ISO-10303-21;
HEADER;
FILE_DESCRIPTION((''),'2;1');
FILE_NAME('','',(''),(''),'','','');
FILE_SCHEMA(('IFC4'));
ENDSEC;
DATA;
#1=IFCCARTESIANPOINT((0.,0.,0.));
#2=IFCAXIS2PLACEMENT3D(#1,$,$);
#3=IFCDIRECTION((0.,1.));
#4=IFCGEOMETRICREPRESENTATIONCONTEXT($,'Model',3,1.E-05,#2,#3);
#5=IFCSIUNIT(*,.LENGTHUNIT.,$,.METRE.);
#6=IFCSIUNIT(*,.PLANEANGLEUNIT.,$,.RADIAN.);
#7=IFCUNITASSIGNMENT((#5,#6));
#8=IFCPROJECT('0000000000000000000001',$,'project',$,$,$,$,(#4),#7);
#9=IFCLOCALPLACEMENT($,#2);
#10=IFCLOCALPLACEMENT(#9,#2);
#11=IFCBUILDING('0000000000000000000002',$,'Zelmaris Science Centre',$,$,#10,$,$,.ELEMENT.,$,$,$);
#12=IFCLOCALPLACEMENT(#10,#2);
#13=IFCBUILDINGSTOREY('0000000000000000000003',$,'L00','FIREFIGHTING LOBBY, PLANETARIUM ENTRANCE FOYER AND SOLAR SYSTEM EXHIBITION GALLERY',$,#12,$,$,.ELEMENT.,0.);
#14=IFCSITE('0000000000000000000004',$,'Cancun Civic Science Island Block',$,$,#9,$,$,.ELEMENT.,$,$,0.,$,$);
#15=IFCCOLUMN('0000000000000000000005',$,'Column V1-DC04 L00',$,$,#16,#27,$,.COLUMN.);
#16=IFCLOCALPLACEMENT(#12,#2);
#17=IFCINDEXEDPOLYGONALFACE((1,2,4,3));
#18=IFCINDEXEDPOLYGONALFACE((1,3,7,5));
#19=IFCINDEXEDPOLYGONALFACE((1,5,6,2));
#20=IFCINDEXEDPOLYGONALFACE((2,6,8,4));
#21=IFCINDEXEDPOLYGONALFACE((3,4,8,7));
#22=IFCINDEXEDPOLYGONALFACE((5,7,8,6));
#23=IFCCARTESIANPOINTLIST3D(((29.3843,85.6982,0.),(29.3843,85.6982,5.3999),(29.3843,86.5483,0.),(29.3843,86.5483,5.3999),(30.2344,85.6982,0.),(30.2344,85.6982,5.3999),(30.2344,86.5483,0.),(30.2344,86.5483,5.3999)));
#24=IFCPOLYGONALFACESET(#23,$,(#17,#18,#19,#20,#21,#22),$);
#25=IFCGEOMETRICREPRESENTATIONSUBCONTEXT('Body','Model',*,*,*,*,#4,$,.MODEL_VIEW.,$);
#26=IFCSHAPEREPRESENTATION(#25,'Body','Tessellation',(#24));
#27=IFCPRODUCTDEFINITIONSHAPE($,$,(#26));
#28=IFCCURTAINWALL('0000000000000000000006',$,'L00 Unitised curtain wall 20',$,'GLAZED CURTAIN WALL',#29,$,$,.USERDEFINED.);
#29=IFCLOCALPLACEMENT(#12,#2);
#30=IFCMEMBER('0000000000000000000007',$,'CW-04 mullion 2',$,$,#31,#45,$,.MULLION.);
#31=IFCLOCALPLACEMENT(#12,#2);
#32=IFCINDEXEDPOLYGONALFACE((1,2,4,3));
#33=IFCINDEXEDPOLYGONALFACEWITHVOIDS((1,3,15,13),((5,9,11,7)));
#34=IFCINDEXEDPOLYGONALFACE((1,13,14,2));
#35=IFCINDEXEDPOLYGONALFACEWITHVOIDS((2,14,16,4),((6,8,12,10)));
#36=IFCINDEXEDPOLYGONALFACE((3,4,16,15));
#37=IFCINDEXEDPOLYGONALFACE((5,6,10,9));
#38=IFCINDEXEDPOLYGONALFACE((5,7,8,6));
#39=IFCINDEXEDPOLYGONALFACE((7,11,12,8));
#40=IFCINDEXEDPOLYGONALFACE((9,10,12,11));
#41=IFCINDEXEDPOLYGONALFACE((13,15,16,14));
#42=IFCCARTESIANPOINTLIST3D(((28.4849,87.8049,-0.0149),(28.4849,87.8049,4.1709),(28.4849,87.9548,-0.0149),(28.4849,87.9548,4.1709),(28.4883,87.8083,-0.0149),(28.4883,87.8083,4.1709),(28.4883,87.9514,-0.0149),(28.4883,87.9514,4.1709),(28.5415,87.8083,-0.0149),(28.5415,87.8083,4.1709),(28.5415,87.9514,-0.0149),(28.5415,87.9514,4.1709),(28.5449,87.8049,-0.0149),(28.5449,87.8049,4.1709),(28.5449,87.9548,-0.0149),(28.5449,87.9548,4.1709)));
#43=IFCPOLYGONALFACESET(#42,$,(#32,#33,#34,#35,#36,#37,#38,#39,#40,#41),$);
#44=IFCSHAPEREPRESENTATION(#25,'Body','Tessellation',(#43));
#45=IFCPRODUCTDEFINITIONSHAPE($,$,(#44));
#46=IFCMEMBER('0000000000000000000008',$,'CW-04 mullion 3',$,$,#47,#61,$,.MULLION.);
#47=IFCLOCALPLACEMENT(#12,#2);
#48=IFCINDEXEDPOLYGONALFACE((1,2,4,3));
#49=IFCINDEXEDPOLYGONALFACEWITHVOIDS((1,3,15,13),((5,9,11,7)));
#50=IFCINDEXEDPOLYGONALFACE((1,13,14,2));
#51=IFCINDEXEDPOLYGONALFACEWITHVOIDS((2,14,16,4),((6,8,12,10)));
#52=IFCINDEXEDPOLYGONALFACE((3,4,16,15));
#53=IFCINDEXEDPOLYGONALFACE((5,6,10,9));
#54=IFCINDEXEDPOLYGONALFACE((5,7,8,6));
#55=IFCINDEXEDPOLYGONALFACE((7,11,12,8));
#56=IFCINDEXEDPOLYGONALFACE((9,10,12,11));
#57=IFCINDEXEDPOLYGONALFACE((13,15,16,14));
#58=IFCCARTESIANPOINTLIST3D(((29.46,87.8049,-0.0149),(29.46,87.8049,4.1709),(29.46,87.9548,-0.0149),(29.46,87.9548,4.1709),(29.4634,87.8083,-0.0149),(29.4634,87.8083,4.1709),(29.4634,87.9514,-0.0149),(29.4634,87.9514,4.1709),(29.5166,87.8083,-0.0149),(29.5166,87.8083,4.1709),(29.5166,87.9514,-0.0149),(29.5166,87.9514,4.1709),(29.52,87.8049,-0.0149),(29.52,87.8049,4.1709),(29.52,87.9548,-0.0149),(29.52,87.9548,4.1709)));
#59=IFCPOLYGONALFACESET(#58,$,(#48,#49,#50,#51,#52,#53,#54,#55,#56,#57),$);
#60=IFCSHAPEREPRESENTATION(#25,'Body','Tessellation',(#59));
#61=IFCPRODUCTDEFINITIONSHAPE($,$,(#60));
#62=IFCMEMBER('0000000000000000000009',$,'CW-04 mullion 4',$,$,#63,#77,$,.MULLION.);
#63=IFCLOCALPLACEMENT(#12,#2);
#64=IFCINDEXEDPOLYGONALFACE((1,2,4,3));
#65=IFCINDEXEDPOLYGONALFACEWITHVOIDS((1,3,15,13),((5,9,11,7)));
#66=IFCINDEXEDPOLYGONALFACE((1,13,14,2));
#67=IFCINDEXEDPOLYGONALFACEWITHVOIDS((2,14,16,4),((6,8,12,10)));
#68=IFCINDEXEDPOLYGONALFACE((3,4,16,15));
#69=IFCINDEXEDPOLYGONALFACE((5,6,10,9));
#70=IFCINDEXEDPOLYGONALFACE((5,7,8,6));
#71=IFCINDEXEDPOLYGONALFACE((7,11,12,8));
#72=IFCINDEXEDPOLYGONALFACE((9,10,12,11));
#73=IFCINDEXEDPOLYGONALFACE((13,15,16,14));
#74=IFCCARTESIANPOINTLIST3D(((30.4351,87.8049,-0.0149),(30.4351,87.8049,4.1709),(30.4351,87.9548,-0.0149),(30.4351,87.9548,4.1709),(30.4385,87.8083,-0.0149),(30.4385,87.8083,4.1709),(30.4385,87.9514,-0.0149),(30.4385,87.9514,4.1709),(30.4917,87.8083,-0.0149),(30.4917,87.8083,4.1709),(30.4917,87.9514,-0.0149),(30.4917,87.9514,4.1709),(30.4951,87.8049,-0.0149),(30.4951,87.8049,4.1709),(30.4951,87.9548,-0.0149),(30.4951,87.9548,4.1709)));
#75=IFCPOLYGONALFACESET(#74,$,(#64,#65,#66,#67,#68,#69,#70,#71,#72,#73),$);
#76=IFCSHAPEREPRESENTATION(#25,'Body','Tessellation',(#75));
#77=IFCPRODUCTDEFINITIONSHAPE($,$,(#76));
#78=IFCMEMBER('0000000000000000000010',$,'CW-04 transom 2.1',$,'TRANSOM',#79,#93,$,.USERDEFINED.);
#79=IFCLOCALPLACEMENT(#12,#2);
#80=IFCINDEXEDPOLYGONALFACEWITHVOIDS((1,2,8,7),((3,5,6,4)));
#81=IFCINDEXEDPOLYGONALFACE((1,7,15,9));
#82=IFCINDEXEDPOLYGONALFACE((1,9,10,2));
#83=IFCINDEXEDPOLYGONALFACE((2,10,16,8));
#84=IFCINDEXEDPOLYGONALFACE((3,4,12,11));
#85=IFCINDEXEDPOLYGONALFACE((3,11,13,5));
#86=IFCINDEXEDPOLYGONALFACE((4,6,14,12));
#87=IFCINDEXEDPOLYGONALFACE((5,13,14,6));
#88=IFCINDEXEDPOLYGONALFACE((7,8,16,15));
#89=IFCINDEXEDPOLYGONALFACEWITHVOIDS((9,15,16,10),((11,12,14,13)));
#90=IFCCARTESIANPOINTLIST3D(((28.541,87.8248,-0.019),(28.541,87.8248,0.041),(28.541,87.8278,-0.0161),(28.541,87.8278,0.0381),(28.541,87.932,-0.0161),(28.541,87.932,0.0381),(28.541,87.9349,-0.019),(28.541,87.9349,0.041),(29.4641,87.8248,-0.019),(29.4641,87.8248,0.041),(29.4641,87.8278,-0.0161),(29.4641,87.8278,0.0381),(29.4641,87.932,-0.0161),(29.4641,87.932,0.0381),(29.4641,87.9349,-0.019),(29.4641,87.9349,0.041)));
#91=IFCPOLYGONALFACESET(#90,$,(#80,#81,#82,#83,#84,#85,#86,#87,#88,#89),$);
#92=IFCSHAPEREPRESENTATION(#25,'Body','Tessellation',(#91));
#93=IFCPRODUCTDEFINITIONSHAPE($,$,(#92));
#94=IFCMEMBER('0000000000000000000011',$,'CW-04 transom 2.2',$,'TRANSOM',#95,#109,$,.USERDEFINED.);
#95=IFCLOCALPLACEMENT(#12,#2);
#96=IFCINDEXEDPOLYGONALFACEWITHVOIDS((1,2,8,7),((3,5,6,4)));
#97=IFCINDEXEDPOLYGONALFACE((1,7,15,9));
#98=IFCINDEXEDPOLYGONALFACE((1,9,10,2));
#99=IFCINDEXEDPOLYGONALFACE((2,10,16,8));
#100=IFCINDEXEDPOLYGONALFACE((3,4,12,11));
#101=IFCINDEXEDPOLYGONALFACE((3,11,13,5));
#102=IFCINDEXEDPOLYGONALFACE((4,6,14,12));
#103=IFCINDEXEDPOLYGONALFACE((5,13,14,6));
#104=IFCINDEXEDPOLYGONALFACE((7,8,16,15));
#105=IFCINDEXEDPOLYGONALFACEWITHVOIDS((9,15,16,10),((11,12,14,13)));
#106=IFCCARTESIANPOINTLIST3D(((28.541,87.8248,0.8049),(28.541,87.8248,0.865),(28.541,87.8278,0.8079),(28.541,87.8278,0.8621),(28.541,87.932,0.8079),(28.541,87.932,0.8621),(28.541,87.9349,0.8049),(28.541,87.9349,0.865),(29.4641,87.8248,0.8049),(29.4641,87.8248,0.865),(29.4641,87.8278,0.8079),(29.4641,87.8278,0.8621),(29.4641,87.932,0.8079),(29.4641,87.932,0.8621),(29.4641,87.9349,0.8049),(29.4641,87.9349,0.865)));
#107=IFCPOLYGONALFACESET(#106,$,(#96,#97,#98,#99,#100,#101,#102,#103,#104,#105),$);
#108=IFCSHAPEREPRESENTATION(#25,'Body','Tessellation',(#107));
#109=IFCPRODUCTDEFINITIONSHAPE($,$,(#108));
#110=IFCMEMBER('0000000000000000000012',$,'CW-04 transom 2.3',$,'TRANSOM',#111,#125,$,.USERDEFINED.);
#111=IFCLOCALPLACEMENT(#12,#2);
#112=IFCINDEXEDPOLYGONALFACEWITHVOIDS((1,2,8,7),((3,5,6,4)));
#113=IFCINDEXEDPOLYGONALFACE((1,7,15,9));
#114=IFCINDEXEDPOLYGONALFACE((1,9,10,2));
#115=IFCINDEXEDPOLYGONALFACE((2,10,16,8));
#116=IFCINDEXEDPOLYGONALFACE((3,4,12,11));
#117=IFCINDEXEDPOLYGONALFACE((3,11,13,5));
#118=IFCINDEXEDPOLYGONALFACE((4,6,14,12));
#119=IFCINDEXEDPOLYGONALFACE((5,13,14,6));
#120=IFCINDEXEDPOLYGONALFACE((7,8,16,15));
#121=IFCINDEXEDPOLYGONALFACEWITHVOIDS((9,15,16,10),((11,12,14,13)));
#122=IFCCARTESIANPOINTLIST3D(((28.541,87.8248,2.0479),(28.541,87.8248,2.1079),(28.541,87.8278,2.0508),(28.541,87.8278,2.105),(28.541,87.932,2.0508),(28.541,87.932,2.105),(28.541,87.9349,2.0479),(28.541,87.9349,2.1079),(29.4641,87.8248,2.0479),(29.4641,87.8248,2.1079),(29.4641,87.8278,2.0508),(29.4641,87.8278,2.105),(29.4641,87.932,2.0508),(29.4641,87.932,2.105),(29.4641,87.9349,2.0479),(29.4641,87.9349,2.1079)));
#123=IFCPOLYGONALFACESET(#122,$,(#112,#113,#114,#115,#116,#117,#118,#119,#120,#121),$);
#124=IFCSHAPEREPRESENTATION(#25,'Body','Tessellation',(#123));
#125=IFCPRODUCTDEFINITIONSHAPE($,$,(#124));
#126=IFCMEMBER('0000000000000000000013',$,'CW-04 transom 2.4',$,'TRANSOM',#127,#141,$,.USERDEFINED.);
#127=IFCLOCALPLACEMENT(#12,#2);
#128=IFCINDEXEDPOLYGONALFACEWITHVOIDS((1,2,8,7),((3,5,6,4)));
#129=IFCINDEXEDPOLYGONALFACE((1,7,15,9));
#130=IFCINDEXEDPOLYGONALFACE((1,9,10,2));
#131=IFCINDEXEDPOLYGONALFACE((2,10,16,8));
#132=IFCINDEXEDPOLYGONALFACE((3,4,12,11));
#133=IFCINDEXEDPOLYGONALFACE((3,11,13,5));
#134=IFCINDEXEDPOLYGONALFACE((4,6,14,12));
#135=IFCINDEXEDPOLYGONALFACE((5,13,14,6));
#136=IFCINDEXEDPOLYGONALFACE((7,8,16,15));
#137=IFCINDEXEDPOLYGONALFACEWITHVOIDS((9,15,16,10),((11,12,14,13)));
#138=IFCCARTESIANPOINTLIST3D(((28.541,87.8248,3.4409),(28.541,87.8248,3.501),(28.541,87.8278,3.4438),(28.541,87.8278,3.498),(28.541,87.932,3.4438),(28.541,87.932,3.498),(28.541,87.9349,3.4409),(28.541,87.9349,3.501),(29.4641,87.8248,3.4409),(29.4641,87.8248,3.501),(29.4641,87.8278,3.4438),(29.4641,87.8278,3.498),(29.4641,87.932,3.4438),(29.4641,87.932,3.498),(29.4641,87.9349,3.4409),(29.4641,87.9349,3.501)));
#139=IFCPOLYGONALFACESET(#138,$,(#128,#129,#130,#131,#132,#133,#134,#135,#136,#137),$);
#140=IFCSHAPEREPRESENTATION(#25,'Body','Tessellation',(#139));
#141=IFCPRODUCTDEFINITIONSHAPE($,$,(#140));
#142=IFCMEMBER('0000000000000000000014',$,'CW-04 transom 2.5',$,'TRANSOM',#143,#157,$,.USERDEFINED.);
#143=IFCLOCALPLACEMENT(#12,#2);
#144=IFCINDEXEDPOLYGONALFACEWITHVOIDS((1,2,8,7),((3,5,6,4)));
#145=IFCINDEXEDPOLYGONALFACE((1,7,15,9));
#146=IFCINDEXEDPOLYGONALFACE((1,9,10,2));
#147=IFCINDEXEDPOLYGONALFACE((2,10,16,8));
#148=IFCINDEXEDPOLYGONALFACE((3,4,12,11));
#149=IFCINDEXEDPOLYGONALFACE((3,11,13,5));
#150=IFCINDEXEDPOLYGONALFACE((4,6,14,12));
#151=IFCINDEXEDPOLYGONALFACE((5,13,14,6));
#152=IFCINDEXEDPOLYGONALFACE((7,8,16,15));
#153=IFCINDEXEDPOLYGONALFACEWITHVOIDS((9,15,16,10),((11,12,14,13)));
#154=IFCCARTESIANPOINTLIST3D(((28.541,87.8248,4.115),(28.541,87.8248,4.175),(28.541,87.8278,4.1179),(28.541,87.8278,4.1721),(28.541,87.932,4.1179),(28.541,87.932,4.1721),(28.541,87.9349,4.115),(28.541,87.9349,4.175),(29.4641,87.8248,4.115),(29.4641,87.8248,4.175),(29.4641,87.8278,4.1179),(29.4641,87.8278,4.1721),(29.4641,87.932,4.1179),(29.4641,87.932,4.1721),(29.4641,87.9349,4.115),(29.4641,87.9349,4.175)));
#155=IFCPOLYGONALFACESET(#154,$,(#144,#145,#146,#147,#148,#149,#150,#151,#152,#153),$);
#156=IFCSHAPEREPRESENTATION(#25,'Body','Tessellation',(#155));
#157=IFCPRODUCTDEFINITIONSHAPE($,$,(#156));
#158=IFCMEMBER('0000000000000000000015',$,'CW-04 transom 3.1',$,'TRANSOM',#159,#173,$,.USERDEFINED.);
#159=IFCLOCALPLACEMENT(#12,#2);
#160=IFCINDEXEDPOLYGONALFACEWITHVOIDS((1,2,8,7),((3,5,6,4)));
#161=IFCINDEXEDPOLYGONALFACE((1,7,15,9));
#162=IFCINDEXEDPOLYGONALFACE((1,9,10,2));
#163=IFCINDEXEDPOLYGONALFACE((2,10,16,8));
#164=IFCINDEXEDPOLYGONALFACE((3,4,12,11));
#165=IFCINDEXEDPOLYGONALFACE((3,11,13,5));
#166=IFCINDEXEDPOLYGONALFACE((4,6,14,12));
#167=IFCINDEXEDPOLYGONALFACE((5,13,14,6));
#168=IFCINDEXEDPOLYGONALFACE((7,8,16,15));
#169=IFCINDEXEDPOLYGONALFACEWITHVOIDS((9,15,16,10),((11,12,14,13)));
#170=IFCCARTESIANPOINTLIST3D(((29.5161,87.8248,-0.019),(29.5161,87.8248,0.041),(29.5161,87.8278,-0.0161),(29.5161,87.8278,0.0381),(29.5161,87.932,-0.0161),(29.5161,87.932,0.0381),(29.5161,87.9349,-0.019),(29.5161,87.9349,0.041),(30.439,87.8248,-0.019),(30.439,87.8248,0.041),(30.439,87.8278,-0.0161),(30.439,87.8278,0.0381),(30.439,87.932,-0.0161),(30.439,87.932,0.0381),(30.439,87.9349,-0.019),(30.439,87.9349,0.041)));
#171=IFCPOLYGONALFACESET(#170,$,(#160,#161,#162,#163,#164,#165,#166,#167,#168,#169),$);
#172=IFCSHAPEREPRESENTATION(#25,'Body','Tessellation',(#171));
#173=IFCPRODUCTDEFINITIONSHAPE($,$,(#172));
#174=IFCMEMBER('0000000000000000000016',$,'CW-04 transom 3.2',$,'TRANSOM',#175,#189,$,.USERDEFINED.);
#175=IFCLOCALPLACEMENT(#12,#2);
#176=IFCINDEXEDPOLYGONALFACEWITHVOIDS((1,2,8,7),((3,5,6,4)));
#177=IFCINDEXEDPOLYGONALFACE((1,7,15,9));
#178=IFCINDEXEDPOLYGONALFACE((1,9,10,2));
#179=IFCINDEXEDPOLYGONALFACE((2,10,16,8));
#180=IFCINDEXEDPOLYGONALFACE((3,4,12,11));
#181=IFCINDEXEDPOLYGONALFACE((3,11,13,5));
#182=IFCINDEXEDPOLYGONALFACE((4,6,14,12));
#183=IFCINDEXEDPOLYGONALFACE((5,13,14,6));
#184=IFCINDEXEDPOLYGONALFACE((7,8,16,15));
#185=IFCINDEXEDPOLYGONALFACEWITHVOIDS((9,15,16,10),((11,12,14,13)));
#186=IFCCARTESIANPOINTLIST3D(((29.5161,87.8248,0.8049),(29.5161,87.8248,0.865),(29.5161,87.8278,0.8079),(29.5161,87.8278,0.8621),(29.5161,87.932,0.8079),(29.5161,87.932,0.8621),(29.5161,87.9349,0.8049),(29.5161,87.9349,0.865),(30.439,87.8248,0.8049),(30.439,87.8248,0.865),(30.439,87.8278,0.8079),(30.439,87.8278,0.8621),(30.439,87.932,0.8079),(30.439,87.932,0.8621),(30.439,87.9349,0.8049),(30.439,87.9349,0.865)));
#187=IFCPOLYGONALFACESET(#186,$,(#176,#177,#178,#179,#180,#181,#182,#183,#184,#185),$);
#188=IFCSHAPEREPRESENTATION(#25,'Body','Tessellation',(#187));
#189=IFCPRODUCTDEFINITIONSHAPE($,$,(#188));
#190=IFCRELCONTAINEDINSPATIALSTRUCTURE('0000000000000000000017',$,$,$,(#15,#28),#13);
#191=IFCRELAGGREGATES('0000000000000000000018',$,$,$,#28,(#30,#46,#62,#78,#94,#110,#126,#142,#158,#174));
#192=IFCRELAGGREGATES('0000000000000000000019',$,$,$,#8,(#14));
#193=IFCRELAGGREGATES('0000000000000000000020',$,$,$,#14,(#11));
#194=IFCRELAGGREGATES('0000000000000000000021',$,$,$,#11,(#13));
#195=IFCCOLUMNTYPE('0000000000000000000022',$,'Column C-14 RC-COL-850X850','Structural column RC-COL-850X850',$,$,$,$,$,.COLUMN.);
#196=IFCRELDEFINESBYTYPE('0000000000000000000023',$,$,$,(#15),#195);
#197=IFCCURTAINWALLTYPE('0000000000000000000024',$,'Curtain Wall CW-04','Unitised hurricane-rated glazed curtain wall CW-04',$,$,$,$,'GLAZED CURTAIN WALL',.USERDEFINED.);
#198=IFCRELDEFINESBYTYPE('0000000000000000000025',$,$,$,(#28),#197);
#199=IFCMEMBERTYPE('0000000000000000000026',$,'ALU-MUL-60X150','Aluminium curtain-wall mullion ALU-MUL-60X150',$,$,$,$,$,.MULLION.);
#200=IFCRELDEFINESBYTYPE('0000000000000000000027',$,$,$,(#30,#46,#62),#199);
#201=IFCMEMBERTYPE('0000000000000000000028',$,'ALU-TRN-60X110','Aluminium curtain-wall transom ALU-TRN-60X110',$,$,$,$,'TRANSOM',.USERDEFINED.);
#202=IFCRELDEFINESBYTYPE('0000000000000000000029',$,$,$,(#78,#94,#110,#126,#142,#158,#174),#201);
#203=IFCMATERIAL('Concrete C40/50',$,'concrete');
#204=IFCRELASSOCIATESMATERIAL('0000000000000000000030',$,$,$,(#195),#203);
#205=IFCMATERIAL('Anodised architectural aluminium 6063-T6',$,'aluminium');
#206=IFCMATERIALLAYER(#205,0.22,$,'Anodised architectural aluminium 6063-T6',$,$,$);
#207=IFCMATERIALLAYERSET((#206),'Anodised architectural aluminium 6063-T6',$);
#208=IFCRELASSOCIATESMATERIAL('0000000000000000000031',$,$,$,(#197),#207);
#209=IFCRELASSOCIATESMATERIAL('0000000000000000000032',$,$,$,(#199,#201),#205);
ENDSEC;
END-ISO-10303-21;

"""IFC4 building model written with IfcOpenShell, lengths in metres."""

from ifc_helpers import new_model, si_unit, direction, frame, origin, origin_2d, place, context, subcontext, project, spatial, rectangle, hollow_rectangle, extrude, material, layer, layer_set, material_profile, profile_set, type_object, element, aggregate, save


model = new_model("IFC4")

# Units and contexts
model_context = context("Model", 3, precision=1e-05, world=origin(), true_north=direction((0.0, 1.0)))
body_context = subcontext(model_context, "Body", "Model", "MODEL_VIEW")
ifc_project = project(units=[si_unit("LENGTHUNIT", "METRE"), si_unit("PLANEANGLEUNIT", "RADIAN")], contexts=[model_context])

# Site, building, storey
site_placement = place(None, origin())
site = spatial("IfcSite", under=ifc_project, at=site_placement, Name="Cancun Civic Science Island Block", CompositionType="ELEMENT", RefElevation=0.0)
building_placement = place(site_placement, origin())
building = spatial("IfcBuilding", under=site, at=building_placement, Name="Zelmaris Science Centre", CompositionType="ELEMENT")
storey_placement = place(building_placement, origin())
storey = spatial("IfcBuildingStorey", under=building, at=storey_placement, Name="L00", Description="FIREFIGHTING LOBBY, PLANETARIUM ENTRANCE FOYER AND SOLAR SYSTEM EXHIBITION GALLERY", CompositionType="ELEMENT", Elevation=0.0)

# Column
ifc_material_1 = material(Name="Concrete C40/50", Category="concrete")
ifc_material_profile_1 = material_profile(ifc_material_1, rectangle(XDim=0.8501, YDim=0.8501, at=origin_2d()), Name="RC-COL-850X850")
ifc_profile_set_1 = profile_set([ifc_material_profile_1], Name="Concrete C40/50")
column_type = type_object("IfcColumnType", Name="Column C-14 RC-COL-850X850", Description="Structural column RC-COL-850X850", PredefinedType="COLUMN", material=ifc_profile_set_1)
column_placement = place(storey_placement, frame((29.8093, 86.1233, 0.0), z_axis=(0.0, 0.0, 1.0), x_axis=(1.0, 0.0, 0.0)))
element("IfcColumn", 1, at=column_placement, inside=storey, type_object=column_type, Name="Column V1-DC04 L00", PredefinedType="COLUMN", context=body_context, shape_type="SweptSolid", body=[
    extrude(rectangle(XDim=0.8501, YDim=0.8501, at=origin_2d()), origin(), (0.0, 0.0, 1.0), 5.3999),
])

# Curtain wall, members
ifc_material_2 = material(Name="Anodised architectural aluminium 6063-T6", Category="aluminium")
ifc_layer_1 = layer(ifc_material_2, 0.22, Name="Anodised architectural aluminium 6063-T6")
ifc_layer_set_1 = layer_set([ifc_layer_1], Name="Anodised architectural aluminium 6063-T6")
curtain_wall_type = type_object("IfcCurtainWallType", Name="Curtain Wall CW-04", Description="Unitised hurricane-rated glazed curtain wall CW-04", ElementType="GLAZED CURTAIN WALL", PredefinedType="USERDEFINED", material=ifc_layer_set_1)
curtain_wall_placement = place(storey_placement, origin())
curtain_wall = element("IfcCurtainWall", 2, at=curtain_wall_placement, inside=storey, type_object=curtain_wall_type, Name="L00 Unitised curtain wall 20", ObjectType="GLAZED CURTAIN WALL", PredefinedType="USERDEFINED")
ifc_material_profile_2 = material_profile(ifc_material_2, hollow_rectangle(XDim=0.0601, YDim=0.1499, WallThickness=0.0034, at=origin_2d()), Name="ALU-MUL-60X150")
ifc_profile_set_2 = profile_set([ifc_material_profile_2], Name="Anodised architectural aluminium 6063-T6")
member_type_1 = type_object("IfcMemberType", Name="ALU-MUL-60X150", Description="Aluminium curtain-wall mullion ALU-MUL-60X150", PredefinedType="MULLION", material=ifc_profile_set_2)
member_1_placement = place(storey_placement, frame((28.5149, 87.8799, -0.0149), z_axis=(0.0, 0.0, 1.0), x_axis=(1.0, 0.0, 0.0)))
member_1 = element("IfcMember", 3, at=member_1_placement, type_object=member_type_1, Name="CW-04 mullion 2", PredefinedType="MULLION", context=body_context, shape_type="SweptSolid", body=[
    extrude(hollow_rectangle(XDim=0.0601, YDim=0.1499, WallThickness=0.0034, at=origin_2d()), origin(), (0.0, 0.0, 1.0), 4.1858),
])
member_2_placement = place(storey_placement, frame((29.49, 87.8799, -0.0149), z_axis=(0.0, 0.0, 1.0), x_axis=(1.0, 0.0, 0.0)))
member_2 = element("IfcMember", 4, at=member_2_placement, type_object=member_type_1, Name="CW-04 mullion 3", PredefinedType="MULLION", context=body_context, shape_type="SweptSolid", body=[
    extrude(hollow_rectangle(XDim=0.0601, YDim=0.1499, WallThickness=0.0034, at=origin_2d()), origin(), (0.0, 0.0, 1.0), 4.1858),
])
member_3_placement = place(storey_placement, frame((30.4651, 87.8799, -0.0149), z_axis=(0.0, 0.0, 1.0), x_axis=(1.0, 0.0, 0.0)))
member_3 = element("IfcMember", 5, at=member_3_placement, type_object=member_type_1, Name="CW-04 mullion 4", PredefinedType="MULLION", context=body_context, shape_type="SweptSolid", body=[
    extrude(hollow_rectangle(XDim=0.0601, YDim=0.1499, WallThickness=0.0034, at=origin_2d()), origin(), (0.0, 0.0, 1.0), 4.1858),
])
ifc_material_profile_3 = material_profile(ifc_material_2, hollow_rectangle(XDim=0.0601, YDim=0.1101, WallThickness=0.0029, at=origin_2d()), Name="ALU-TRN-60X110")
ifc_profile_set_3 = profile_set([ifc_material_profile_3], Name="Anodised architectural aluminium 6063-T6")
member_type_2 = type_object("IfcMemberType", Name="ALU-TRN-60X110", Description="Aluminium curtain-wall transom ALU-TRN-60X110", ElementType="TRANSOM", PredefinedType="USERDEFINED", material=ifc_profile_set_3)
member_4_placement = place(storey_placement, frame((28.541, 87.8799, 0.011), z_axis=(1.0, 0.0, 0.0), x_axis=(0.0, 0.0, 1.0)))
member_4 = element("IfcMember", 6, at=member_4_placement, type_object=member_type_2, Name="CW-04 transom 2.1", ObjectType="TRANSOM", PredefinedType="USERDEFINED", context=body_context, shape_type="SweptSolid", body=[
    extrude(hollow_rectangle(XDim=0.0601, YDim=0.1101, WallThickness=0.0029, at=origin_2d()), origin(), (0.0, 0.0, 1.0), 0.9231),
])
member_5_placement = place(storey_placement, frame((28.541, 87.8799, 0.835), z_axis=(1.0, 0.0, 0.0), x_axis=(0.0, 0.0, 1.0)))
member_5 = element("IfcMember", 7, at=member_5_placement, type_object=member_type_2, Name="CW-04 transom 2.2", ObjectType="TRANSOM", PredefinedType="USERDEFINED", context=body_context, shape_type="SweptSolid", body=[
    extrude(hollow_rectangle(XDim=0.0601, YDim=0.1101, WallThickness=0.0029, at=origin_2d()), origin(), (0.0, 0.0, 1.0), 0.9231),
])
member_6_placement = place(storey_placement, frame((28.541, 87.8799, 2.0779), z_axis=(1.0, 0.0, 0.0), x_axis=(0.0, 0.0, 1.0)))
member_6 = element("IfcMember", 8, at=member_6_placement, type_object=member_type_2, Name="CW-04 transom 2.3", ObjectType="TRANSOM", PredefinedType="USERDEFINED", context=body_context, shape_type="SweptSolid", body=[
    extrude(hollow_rectangle(XDim=0.0601, YDim=0.1101, WallThickness=0.0029, at=origin_2d()), origin(), (0.0, 0.0, 1.0), 0.9231),
])
member_7_placement = place(storey_placement, frame((28.541, 87.8799, 3.4709), z_axis=(1.0, 0.0, 0.0), x_axis=(0.0, 0.0, 1.0)))
member_7 = element("IfcMember", 9, at=member_7_placement, type_object=member_type_2, Name="CW-04 transom 2.4", ObjectType="TRANSOM", PredefinedType="USERDEFINED", context=body_context, shape_type="SweptSolid", body=[
    extrude(hollow_rectangle(XDim=0.0601, YDim=0.1101, WallThickness=0.0029, at=origin_2d()), origin(), (0.0, 0.0, 1.0), 0.9231),
])
member_8_placement = place(storey_placement, frame((28.541, 87.8799, 4.145), z_axis=(1.0, 0.0, 0.0), x_axis=(0.0, 0.0, 1.0)))
member_8 = element("IfcMember", 10, at=member_8_placement, type_object=member_type_2, Name="CW-04 transom 2.5", ObjectType="TRANSOM", PredefinedType="USERDEFINED", context=body_context, shape_type="SweptSolid", body=[
    extrude(hollow_rectangle(XDim=0.0601, YDim=0.1101, WallThickness=0.0029, at=origin_2d()), origin(), (0.0, 0.0, 1.0), 0.9231),
])
member_9_placement = place(storey_placement, frame((29.5161, 87.8799, 0.011), z_axis=(1.0, 0.0, 0.0), x_axis=(0.0, 0.0, 1.0)))
member_9 = element("IfcMember", 11, at=member_9_placement, type_object=member_type_2, Name="CW-04 transom 3.1", ObjectType="TRANSOM", PredefinedType="USERDEFINED", context=body_context, shape_type="SweptSolid", body=[
    extrude(hollow_rectangle(XDim=0.0601, YDim=0.1101, WallThickness=0.0029, at=origin_2d()), origin(), (0.0, 0.0, 1.0), 0.9229),
])
member_10_placement = place(storey_placement, frame((29.5161, 87.8799, 0.835), z_axis=(1.0, 0.0, 0.0), x_axis=(0.0, 0.0, 1.0)))
member_10 = element("IfcMember", 12, at=member_10_placement, type_object=member_type_2, Name="CW-04 transom 3.2", ObjectType="TRANSOM", PredefinedType="USERDEFINED", context=body_context, shape_type="SweptSolid", body=[
    extrude(hollow_rectangle(XDim=0.0601, YDim=0.1101, WallThickness=0.0029, at=origin_2d()), origin(), (0.0, 0.0, 1.0), 0.9229),
])

aggregate(curtain_wall, [member_1, member_2, member_3, member_4, member_5, member_6, member_7, member_8, member_9, member_10])

save(model, "model.ifc")
